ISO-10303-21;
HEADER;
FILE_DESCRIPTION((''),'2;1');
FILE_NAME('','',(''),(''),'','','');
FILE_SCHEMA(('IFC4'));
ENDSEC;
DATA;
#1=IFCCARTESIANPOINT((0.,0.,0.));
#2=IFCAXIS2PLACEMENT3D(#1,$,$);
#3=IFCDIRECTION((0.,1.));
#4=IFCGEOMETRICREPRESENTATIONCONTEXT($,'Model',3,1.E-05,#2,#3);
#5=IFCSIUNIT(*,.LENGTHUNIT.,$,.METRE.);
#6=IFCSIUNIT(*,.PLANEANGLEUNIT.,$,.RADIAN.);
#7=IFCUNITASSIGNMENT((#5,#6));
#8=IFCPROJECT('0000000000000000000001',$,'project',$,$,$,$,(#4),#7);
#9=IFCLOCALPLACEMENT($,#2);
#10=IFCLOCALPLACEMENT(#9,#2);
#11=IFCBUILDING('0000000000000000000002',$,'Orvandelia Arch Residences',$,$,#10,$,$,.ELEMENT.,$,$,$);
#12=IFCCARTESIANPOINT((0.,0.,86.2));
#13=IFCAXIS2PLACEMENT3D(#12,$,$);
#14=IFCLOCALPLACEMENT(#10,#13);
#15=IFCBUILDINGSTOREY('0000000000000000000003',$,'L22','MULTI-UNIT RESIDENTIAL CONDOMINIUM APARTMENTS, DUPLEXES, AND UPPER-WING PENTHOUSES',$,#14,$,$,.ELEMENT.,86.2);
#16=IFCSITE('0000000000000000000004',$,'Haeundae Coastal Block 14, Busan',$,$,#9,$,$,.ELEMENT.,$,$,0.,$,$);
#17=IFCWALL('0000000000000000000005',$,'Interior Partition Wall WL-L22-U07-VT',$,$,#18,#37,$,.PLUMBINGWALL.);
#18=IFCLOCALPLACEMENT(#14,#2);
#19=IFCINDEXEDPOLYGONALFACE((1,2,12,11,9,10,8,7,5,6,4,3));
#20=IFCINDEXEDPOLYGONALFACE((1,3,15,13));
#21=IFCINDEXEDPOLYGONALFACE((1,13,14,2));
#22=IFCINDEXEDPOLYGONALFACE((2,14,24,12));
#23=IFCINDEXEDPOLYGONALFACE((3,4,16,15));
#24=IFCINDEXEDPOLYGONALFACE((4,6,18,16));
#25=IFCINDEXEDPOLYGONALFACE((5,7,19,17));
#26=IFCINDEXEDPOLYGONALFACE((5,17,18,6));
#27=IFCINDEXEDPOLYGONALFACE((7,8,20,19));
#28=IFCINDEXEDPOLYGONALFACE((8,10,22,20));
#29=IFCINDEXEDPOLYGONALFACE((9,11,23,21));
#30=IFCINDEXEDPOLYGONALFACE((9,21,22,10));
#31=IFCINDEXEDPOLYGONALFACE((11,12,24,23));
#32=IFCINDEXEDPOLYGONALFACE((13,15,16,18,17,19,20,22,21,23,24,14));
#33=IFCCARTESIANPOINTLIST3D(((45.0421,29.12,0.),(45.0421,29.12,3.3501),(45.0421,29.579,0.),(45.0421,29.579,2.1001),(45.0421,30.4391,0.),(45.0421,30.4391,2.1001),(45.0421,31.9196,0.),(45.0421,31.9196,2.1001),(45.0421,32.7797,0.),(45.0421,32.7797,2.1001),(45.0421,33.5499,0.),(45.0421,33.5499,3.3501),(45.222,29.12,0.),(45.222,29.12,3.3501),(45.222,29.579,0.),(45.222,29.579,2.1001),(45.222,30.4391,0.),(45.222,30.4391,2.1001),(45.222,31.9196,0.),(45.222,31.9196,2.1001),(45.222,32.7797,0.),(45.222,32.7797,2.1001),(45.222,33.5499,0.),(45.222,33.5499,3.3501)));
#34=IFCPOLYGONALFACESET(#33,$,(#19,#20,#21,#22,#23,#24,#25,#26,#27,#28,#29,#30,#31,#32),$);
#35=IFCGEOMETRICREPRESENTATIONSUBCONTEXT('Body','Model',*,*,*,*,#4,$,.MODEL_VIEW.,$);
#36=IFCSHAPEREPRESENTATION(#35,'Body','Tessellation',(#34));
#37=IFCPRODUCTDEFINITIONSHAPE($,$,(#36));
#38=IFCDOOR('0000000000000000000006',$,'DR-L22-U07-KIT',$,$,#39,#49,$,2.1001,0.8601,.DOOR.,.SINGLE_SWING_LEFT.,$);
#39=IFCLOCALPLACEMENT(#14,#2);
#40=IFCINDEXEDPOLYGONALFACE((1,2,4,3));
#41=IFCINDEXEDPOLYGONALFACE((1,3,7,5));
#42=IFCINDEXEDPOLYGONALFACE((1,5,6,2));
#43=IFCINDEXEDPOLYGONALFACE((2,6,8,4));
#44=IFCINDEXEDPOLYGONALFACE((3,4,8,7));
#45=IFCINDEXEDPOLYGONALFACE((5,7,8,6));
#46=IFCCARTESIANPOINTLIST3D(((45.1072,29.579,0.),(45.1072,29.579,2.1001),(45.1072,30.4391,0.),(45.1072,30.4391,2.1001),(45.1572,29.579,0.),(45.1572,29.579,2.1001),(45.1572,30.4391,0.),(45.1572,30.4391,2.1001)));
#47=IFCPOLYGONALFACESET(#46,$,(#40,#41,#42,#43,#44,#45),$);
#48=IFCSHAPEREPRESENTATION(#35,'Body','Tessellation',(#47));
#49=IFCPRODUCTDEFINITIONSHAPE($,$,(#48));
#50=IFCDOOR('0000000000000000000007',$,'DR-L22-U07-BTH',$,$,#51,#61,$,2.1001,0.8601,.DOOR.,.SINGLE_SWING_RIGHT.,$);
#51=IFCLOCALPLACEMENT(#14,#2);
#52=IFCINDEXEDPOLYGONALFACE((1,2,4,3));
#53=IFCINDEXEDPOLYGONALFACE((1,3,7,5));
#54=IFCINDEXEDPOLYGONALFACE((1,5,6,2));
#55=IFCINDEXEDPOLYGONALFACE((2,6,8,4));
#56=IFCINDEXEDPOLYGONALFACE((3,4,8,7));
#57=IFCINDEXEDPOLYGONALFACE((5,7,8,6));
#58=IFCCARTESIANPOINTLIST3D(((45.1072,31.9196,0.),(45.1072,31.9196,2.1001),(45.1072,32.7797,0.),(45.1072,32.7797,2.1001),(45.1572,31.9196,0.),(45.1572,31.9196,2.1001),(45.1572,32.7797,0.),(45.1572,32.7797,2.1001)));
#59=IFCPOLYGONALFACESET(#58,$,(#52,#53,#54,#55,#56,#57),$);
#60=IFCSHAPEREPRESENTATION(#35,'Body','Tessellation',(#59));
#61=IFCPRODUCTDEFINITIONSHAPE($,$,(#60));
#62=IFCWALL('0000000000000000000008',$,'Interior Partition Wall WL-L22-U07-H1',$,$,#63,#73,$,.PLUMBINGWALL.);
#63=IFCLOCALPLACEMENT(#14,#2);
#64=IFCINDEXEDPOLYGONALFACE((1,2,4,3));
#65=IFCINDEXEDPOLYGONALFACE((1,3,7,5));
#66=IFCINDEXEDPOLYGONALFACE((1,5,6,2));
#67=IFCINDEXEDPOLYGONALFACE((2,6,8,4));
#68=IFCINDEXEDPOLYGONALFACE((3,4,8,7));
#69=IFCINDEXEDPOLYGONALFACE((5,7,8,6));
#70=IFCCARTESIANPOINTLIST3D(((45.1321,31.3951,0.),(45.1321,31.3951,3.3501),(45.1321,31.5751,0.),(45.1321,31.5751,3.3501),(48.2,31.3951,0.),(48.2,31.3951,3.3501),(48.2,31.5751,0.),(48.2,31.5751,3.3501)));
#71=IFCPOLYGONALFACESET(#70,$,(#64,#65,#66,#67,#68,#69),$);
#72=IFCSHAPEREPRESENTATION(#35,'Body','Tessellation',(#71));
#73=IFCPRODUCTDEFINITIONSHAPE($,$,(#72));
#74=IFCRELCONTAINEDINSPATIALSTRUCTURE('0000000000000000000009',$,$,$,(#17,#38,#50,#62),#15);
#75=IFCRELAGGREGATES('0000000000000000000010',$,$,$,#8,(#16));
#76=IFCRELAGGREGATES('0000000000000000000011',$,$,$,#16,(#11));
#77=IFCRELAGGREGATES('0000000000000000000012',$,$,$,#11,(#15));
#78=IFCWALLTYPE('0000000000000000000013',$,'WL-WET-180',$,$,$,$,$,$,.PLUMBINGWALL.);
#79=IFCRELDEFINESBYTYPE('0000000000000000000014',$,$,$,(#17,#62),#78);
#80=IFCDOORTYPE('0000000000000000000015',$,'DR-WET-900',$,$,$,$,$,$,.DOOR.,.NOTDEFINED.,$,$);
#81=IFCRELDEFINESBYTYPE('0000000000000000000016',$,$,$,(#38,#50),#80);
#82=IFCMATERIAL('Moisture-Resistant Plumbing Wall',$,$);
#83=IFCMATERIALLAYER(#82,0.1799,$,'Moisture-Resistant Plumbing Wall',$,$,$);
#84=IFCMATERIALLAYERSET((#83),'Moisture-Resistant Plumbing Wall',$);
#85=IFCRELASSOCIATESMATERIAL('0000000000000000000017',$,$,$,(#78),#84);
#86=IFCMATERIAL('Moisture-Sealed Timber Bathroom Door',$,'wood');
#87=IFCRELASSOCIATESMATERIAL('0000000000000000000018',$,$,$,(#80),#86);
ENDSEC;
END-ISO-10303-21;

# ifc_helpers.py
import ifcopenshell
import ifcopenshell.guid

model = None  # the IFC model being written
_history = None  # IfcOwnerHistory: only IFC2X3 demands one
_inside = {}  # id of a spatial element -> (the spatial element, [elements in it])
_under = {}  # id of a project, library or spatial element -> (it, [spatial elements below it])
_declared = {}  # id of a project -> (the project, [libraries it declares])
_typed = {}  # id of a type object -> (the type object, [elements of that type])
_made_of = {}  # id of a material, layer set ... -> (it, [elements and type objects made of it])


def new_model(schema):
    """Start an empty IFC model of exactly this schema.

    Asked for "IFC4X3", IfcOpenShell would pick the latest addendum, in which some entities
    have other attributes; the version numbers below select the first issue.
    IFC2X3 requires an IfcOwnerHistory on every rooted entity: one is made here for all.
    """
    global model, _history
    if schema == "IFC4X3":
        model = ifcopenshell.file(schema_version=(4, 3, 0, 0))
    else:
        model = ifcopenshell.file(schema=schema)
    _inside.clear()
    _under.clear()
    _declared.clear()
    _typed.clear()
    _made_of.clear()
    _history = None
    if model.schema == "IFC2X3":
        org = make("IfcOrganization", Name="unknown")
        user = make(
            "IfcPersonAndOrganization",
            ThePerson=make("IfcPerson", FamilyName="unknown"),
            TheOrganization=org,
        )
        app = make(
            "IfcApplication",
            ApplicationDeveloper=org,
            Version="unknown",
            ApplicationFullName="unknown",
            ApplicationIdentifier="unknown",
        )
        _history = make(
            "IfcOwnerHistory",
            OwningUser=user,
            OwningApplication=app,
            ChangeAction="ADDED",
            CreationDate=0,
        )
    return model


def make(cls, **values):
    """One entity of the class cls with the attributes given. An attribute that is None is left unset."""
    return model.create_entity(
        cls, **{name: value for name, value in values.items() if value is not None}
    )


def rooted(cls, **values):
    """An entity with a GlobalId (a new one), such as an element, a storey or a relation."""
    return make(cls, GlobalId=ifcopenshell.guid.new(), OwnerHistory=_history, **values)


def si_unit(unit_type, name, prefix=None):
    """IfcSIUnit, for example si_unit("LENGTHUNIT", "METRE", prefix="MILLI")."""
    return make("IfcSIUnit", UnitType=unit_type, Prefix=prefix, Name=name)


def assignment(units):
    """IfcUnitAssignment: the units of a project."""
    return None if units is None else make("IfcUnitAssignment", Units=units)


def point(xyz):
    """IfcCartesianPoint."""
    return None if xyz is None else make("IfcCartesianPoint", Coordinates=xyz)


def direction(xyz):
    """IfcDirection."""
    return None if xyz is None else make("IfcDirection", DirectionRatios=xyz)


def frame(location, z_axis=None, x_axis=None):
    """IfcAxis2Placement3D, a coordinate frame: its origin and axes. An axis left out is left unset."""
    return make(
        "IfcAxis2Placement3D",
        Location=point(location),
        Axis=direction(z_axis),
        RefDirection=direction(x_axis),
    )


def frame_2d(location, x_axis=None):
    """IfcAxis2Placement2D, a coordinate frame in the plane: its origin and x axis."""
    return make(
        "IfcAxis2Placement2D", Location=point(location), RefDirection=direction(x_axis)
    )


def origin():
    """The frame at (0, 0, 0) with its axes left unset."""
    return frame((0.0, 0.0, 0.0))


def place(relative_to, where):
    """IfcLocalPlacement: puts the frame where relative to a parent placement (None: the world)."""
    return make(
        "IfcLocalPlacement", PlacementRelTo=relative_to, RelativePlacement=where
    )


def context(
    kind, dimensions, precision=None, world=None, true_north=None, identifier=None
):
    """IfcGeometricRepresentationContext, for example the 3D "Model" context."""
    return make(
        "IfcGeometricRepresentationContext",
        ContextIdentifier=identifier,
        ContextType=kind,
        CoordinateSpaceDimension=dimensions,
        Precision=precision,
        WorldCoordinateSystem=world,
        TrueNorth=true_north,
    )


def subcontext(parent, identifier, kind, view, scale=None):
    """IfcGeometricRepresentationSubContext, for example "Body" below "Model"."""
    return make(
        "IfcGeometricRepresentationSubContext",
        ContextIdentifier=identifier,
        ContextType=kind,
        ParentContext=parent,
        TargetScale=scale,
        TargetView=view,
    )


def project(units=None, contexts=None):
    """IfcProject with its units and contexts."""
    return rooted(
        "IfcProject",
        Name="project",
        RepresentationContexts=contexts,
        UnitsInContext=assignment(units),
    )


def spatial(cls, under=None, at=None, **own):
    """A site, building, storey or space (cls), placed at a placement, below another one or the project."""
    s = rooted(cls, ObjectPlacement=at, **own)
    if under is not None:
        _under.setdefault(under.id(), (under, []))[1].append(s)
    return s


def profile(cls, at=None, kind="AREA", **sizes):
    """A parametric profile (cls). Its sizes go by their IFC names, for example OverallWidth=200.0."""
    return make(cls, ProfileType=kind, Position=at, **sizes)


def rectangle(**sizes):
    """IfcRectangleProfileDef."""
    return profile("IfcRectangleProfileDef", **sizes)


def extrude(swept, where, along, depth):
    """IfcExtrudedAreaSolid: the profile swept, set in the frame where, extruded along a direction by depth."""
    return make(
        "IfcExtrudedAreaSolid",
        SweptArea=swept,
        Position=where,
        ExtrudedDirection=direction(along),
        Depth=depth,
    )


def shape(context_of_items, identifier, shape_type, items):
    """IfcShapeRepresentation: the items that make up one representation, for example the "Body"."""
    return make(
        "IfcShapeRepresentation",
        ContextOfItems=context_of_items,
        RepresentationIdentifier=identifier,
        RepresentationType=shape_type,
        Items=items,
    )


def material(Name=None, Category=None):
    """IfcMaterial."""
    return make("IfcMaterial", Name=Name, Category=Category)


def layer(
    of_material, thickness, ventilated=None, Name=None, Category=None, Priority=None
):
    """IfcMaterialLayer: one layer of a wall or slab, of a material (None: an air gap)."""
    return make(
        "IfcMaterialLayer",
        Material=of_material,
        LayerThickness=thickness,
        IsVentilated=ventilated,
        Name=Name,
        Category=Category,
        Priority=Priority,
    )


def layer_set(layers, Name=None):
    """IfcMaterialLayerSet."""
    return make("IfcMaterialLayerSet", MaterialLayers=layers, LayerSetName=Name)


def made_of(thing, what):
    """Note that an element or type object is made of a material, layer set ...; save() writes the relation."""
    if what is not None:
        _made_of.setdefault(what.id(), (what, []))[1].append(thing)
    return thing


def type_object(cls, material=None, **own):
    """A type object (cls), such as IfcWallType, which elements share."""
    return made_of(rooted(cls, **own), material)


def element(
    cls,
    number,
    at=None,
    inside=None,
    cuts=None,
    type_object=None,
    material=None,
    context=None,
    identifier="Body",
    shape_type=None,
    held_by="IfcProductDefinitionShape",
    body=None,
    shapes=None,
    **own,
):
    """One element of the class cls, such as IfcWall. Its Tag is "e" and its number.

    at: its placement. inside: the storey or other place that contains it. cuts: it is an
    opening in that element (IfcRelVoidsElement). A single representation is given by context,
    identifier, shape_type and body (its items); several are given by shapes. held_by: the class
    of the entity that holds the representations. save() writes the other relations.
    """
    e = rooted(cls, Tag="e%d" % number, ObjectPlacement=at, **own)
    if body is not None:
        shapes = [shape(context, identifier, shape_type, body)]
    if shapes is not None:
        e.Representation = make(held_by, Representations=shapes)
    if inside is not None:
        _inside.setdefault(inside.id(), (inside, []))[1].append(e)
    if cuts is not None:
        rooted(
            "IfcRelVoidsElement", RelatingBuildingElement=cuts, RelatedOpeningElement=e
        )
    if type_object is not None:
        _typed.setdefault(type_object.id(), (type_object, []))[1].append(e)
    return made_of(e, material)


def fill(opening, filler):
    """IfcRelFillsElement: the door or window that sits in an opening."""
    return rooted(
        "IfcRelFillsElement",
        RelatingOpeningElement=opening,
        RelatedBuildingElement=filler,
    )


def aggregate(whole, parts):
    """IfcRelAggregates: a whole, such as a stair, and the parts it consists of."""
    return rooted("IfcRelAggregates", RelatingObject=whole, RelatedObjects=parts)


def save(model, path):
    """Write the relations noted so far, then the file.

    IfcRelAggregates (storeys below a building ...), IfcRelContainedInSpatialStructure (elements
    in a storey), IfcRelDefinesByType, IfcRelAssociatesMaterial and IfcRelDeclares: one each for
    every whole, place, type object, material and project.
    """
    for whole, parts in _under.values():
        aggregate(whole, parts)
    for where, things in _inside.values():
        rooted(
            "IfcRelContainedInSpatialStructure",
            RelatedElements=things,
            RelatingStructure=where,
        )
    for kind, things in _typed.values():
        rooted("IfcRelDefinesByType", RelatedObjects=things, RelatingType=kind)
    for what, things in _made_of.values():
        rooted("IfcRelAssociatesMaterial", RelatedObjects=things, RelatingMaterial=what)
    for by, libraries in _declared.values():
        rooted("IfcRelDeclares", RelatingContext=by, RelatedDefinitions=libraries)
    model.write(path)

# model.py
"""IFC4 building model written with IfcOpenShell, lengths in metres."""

from ifc_helpers import new_model, si_unit, direction, frame, frame_2d, origin, place, context, subcontext, project, spatial, rectangle, extrude, material, layer, layer_set, type_object, element, fill, save


model = new_model("IFC4")

# Units and contexts
model_context = context("Model", 3, precision=1e-05, world=origin(), true_north=direction((0.0, 1.0)))
body_context = subcontext(model_context, "Body", "Model", "MODEL_VIEW")
ifc_project = project(units=[si_unit("LENGTHUNIT", "METRE"), si_unit("PLANEANGLEUNIT", "RADIAN")], contexts=[model_context])

# Site, building, storey
site_placement = place(None, origin())
site = spatial("IfcSite", under=ifc_project, at=site_placement, Name="Haeundae Coastal Block 14, Busan", CompositionType="ELEMENT", RefElevation=0.0)
building_placement = place(site_placement, origin())
building = spatial("IfcBuilding", under=site, at=building_placement, Name="Orvandelia Arch Residences", CompositionType="ELEMENT")
storey_placement = place(building_placement, frame((0.0, 0.0, 86.2)))
storey = spatial("IfcBuildingStorey", under=building, at=storey_placement, Name="L22", Description="MULTI-UNIT RESIDENTIAL CONDOMINIUM APARTMENTS, DUPLEXES, AND UPPER-WING PENTHOUSES", CompositionType="ELEMENT", Elevation=86.2)

# Shared definitions
ifc_material_1 = material(Name="Moisture-Resistant Plumbing Wall")
ifc_layer_1 = layer(ifc_material_1, 0.1799, Name="Moisture-Resistant Plumbing Wall")
ifc_layer_set_1 = layer_set([ifc_layer_1], Name="Moisture-Resistant Plumbing Wall")
wall_type_1 = type_object("IfcWallType", Name="WL-WET-180", PredefinedType="PLUMBINGWALL", material=ifc_layer_set_1)
ifc_material_2 = material(Name="Moisture-Sealed Timber Bathroom Door", Category="wood")
door_type = type_object("IfcDoorType", Name="DR-WET-900", OperationType="NOTDEFINED", PredefinedType="DOOR", material=ifc_material_2)

# Wall, openings, doors
wall_1_placement = place(storey_placement, frame((45.1321, 29.1201, 0.0), z_axis=(0.0, 0.0, 1.0), x_axis=(0.0, 1.0, 0.0)))
wall_1 = element("IfcWall", 1, at=wall_1_placement, inside=storey, type_object=wall_type_1, Name="Interior Partition Wall WL-L22-U07-VT", PredefinedType="PLUMBINGWALL", context=body_context, shape_type="SweptSolid", body=[
    extrude(rectangle(XDim=4.4299, YDim=0.1799, at=frame_2d((2.2148, 0.0))), origin(), (0.0, 0.0, 1.0), 3.3501),
])
opening_1_placement = place(wall_1_placement, frame((0.4587, 0.0, 0.0)))
opening_1 = element("IfcOpeningElement", 2, at=opening_1_placement, cuts=wall_1, PredefinedType="OPENING", context=body_context, shape_type="SweptSolid", body=[
    extrude(rectangle(XDim=0.8601, YDim=2.1001, at=frame_2d((0.4302, 1.05))), frame((0.0, 0.1001, 0.0), z_axis=(0.0, -1.0, 0.0), x_axis=(1.0, 0.0, 0.0)), (0.0, 0.0, 1.0), 0.2),
])
opening_2_placement = place(wall_1_placement, frame((2.7993, 0.0, 0.0)))
opening_2 = element("IfcOpeningElement", 3, at=opening_2_placement, cuts=wall_1, PredefinedType="OPENING", context=body_context, shape_type="SweptSolid", body=[
    extrude(rectangle(XDim=0.8601, YDim=2.1001, at=frame_2d((0.4302, 1.05))), frame((0.0, 0.1001, 0.0), z_axis=(0.0, -1.0, 0.0), x_axis=(1.0, 0.0, 0.0)), (0.0, 0.0, 1.0), 0.2),
])
door_1_placement = place(opening_1_placement, origin())
door_1 = element("IfcDoor", 4, at=door_1_placement, inside=storey, type_object=door_type, Name="DR-L22-U07-KIT", OperationType="SINGLE_SWING_LEFT", OverallHeight=2.1001, OverallWidth=0.8601, PredefinedType="DOOR", context=body_context, shape_type="SweptSolid", body=[
    extrude(rectangle(XDim=0.8601, YDim=2.1001, at=frame_2d((0.4302, 1.05))), frame((0.0, 0.0249, 0.0), z_axis=(0.0, -1.0, 0.0), x_axis=(1.0, 0.0, 0.0)), (0.0, 0.0, 1.0), 0.05),
])
fill(opening_1, door_1)
door_2_placement = place(opening_2_placement, origin())
door_2 = element("IfcDoor", 5, at=door_2_placement, inside=storey, type_object=door_type, Name="DR-L22-U07-BTH", OperationType="SINGLE_SWING_RIGHT", OverallHeight=2.1001, OverallWidth=0.8601, PredefinedType="DOOR", context=body_context, shape_type="SweptSolid", body=[
    extrude(rectangle(XDim=0.8601, YDim=2.1001, at=frame_2d((0.4302, 1.05))), frame((0.0, 0.0249, 0.0), z_axis=(0.0, -1.0, 0.0), x_axis=(1.0, 0.0, 0.0)), (0.0, 0.0, 1.0), 0.05),
])
fill(opening_2, door_2)

# Wall
wall_2_placement = place(storey_placement, frame((45.1321, 31.4851, 0.0), z_axis=(0.0, 0.0, 1.0), x_axis=(1.0, 0.0, 0.0)))
element("IfcWall", 6, at=wall_2_placement, inside=storey, type_object=wall_type_1, Name="Interior Partition Wall WL-L22-U07-H1", PredefinedType="PLUMBINGWALL", context=body_context, shape_type="SweptSolid", body=[
    extrude(rectangle(XDim=3.0679, YDim=0.1799, at=frame_2d((1.5339, 0.0))), origin(), (0.0, 0.0, 1.0), 3.3501),
])

save(model, "model.ifc")
